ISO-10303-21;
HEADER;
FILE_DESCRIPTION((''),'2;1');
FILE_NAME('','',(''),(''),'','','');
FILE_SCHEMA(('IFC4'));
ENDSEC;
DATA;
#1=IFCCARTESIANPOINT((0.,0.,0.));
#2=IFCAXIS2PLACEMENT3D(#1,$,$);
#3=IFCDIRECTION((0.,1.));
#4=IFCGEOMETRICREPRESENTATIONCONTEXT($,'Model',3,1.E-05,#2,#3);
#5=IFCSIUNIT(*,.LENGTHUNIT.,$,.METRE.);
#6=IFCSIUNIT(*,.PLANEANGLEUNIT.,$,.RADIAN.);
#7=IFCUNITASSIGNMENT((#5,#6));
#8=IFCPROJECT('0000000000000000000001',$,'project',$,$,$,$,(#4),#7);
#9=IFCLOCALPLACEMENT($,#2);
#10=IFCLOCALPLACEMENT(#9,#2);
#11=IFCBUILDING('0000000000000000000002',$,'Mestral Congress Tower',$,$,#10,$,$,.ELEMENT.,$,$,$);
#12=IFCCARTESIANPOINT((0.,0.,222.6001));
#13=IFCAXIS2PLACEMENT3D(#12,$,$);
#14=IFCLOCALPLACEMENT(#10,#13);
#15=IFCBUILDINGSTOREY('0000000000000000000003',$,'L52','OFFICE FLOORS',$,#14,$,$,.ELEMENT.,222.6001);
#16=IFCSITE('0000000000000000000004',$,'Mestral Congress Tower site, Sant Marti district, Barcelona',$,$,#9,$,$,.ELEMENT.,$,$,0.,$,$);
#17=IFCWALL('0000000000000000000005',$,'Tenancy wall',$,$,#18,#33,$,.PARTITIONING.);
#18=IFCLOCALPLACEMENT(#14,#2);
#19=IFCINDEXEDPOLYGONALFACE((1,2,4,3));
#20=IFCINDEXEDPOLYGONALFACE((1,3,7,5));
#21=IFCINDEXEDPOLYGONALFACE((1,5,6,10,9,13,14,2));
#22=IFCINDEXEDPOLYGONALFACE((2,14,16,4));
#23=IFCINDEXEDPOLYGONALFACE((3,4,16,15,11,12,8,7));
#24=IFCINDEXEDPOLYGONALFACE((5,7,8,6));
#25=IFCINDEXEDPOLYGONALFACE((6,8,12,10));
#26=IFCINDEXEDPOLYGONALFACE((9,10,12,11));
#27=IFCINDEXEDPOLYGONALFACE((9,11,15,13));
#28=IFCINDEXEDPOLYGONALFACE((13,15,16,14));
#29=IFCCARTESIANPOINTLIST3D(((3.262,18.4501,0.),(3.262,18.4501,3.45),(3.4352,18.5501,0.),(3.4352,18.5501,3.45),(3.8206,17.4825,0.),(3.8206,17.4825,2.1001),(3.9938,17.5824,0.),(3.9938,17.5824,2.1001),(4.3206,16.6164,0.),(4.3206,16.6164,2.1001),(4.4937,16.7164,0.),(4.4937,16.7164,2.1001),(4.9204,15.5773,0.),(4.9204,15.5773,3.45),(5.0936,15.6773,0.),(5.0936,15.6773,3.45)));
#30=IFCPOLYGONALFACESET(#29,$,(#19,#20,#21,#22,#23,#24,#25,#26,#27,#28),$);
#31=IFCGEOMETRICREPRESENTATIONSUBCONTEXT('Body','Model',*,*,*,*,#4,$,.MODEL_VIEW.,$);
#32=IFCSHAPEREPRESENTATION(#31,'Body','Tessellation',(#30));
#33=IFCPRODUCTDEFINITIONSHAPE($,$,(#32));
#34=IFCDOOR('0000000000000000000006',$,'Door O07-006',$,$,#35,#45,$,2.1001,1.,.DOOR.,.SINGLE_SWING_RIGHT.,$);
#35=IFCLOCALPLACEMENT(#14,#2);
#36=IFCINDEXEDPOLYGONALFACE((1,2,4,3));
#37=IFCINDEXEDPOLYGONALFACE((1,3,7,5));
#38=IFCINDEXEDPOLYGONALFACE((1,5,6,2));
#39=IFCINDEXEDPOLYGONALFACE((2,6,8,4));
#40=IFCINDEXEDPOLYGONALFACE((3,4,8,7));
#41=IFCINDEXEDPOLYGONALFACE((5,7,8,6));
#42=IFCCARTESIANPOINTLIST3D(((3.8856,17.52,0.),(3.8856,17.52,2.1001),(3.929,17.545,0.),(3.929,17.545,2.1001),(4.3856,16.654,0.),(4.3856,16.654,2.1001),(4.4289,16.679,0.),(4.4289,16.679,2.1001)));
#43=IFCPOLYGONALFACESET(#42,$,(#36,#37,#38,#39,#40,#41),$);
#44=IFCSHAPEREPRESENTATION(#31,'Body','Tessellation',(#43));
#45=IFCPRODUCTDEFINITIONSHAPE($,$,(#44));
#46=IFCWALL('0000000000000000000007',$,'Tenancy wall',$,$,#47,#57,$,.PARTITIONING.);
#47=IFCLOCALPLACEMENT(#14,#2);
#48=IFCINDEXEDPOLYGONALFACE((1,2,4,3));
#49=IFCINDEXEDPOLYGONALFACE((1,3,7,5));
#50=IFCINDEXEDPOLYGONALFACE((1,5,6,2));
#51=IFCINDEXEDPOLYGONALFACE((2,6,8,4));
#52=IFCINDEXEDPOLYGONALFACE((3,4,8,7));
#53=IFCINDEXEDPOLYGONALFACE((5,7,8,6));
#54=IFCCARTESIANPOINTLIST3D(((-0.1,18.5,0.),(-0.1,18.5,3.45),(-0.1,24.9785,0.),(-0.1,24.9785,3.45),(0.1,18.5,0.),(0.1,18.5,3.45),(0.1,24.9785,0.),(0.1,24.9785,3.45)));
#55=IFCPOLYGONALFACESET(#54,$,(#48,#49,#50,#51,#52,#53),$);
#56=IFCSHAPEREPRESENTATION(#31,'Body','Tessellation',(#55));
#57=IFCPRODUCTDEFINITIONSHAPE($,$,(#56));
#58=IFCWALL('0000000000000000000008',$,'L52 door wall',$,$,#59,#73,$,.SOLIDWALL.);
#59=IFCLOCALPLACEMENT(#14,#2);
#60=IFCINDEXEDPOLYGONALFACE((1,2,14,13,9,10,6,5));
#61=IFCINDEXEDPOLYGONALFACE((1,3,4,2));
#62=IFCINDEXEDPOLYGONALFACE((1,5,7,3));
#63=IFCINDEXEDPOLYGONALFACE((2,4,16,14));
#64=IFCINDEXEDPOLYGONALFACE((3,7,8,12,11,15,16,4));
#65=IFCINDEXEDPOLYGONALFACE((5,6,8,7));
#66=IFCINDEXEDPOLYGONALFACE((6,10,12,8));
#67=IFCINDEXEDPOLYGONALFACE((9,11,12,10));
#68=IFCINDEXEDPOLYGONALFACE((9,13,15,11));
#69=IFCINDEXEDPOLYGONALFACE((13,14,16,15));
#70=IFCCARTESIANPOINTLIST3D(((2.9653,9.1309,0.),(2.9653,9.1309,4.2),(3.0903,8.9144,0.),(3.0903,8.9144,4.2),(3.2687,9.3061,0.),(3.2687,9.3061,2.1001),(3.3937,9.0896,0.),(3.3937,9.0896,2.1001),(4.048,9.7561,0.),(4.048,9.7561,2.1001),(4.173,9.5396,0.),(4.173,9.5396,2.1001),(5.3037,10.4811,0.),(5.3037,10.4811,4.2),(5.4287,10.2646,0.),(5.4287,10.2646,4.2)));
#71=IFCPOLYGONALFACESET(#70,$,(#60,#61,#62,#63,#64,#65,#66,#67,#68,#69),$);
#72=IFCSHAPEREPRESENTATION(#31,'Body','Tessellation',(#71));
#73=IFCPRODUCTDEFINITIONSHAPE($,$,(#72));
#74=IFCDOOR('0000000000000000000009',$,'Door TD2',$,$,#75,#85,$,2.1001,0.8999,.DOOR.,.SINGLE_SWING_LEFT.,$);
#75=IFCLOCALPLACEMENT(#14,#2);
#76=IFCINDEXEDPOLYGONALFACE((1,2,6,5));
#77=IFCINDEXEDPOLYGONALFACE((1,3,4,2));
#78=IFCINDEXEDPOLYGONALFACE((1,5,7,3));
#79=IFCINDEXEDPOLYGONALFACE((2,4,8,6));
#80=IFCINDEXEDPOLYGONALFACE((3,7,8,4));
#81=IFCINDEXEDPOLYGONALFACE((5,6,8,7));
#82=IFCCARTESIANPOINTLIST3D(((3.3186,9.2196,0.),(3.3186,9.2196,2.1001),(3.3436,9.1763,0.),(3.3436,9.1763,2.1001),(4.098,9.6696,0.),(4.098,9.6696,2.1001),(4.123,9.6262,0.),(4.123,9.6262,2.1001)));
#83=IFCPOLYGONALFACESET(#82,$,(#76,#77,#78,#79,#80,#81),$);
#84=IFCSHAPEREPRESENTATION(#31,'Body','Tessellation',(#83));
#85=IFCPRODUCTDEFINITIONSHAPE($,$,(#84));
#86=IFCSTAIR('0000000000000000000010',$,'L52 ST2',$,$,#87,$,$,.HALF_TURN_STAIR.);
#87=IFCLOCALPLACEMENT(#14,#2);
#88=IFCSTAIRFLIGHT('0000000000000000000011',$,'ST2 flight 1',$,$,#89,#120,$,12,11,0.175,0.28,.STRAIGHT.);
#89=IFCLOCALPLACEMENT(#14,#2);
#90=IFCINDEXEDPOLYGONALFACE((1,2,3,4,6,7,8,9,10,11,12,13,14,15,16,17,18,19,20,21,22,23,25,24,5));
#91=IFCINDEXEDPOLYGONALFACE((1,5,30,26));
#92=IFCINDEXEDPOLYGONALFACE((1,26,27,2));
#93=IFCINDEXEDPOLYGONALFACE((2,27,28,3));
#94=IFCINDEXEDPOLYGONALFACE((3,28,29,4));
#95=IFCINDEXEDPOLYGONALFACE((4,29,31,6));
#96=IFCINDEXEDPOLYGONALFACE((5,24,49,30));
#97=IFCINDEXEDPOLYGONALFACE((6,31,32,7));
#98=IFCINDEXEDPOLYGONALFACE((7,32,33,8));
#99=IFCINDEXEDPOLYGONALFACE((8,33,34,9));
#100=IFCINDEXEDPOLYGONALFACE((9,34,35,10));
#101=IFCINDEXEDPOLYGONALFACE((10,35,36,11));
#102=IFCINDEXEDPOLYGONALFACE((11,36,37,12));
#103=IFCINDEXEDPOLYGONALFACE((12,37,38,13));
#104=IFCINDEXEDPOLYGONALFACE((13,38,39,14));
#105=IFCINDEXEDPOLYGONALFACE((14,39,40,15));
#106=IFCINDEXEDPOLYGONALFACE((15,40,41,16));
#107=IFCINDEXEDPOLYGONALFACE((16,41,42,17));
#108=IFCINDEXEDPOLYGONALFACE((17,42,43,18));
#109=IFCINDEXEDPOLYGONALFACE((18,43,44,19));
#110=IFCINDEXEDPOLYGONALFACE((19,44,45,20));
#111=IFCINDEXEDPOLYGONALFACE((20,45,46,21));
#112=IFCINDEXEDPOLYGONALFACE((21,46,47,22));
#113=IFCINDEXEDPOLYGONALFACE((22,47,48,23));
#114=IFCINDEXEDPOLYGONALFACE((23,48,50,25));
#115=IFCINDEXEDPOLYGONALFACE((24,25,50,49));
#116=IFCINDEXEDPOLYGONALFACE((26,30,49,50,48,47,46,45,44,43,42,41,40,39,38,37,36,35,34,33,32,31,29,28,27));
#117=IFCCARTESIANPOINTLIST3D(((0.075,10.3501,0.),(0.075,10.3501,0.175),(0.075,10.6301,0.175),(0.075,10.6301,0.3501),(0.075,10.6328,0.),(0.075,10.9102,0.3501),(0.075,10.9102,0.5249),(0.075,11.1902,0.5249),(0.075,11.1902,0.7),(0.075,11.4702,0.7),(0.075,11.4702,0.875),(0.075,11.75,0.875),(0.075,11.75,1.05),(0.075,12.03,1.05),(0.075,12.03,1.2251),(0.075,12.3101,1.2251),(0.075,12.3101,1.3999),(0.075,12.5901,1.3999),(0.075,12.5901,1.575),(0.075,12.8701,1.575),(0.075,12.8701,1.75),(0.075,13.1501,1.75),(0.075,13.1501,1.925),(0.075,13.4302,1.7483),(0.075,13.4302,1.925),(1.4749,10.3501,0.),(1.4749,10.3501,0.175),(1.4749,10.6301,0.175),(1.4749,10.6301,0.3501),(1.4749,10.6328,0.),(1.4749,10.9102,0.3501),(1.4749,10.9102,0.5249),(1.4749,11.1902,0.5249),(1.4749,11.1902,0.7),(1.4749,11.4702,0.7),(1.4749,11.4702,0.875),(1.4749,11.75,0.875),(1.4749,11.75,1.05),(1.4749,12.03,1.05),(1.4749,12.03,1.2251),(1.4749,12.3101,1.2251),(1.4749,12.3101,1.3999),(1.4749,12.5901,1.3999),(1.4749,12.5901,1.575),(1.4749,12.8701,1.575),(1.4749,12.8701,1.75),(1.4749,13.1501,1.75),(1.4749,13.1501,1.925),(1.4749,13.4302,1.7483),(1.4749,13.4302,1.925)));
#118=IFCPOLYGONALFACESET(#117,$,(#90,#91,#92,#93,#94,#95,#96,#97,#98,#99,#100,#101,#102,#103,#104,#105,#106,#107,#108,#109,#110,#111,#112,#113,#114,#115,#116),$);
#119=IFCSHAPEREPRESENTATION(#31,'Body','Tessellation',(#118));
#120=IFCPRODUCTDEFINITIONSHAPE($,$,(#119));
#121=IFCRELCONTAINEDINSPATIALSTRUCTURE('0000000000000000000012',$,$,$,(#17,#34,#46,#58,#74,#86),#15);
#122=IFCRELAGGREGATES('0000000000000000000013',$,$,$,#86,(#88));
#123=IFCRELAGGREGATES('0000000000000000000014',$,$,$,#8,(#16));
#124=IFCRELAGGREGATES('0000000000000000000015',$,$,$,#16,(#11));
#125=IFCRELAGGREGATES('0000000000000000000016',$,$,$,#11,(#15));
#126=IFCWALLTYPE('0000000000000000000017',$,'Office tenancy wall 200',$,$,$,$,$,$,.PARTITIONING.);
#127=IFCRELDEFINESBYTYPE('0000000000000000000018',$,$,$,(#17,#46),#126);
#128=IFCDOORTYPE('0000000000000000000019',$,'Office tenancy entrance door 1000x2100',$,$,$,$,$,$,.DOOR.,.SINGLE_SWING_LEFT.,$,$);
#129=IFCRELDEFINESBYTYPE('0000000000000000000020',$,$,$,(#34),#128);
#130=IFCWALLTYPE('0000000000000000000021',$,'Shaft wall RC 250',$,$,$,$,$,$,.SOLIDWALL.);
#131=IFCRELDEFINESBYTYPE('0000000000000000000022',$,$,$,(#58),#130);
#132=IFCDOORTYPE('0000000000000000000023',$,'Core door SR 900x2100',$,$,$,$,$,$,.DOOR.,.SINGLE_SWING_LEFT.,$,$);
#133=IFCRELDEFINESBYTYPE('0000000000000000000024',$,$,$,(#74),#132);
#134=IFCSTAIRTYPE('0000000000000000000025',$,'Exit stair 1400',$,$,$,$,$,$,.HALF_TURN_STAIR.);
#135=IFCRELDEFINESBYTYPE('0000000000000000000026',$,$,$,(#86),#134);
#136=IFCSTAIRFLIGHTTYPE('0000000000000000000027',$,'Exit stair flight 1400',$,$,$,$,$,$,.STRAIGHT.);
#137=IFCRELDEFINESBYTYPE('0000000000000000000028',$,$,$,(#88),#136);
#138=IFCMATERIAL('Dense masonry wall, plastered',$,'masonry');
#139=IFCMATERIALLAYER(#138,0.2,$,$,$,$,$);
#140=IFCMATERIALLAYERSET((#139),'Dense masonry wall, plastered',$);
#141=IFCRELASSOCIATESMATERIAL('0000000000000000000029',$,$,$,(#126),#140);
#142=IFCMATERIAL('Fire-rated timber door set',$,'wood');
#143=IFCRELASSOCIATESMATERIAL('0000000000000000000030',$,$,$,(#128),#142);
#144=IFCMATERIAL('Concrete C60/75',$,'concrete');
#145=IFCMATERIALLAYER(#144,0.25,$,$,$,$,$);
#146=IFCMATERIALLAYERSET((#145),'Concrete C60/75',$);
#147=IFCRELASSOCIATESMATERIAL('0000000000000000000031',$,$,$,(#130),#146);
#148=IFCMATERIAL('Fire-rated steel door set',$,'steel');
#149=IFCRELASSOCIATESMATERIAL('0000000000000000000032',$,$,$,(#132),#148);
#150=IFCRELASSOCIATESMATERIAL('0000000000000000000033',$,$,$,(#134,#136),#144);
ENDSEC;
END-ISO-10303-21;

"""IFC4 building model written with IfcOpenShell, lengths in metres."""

from ifc_helpers import new_model, si_unit, direction, frame, frame_2d, origin, place, context, subcontext, project, spatial, polyline, rectangle, outline, extrude, material, layer, layer_set, type_object, element, fill, aggregate, save


model = new_model("IFC4")

# Units and contexts
model_context = context("Model", 3, precision=1e-05, world=origin(), true_north=direction((0.0, 1.0)))
body_context = subcontext(model_context, "Body", "Model", "MODEL_VIEW")
ifc_project = project(units=[si_unit("LENGTHUNIT", "METRE"), si_unit("PLANEANGLEUNIT", "RADIAN")], contexts=[model_context])

# Site, building, storey
site_placement = place(None, origin())
site = spatial("IfcSite", under=ifc_project, at=site_placement, Name="Mestral Congress Tower site, Sant Marti district, Barcelona", CompositionType="ELEMENT", RefElevation=0.0)
building_placement = place(site_placement, origin())
building = spatial("IfcBuilding", under=site, at=building_placement, Name="Mestral Congress Tower", CompositionType="ELEMENT")
storey_placement = place(building_placement, frame((0.0, 0.0, 222.6001)))
storey = spatial("IfcBuildingStorey", under=building, at=storey_placement, Name="L52", Description="OFFICE FLOORS", CompositionType="ELEMENT", Elevation=222.6001)

# Shared definitions
ifc_material_1 = material(Name="Concrete C60/75", Category="concrete")

# Shared definitions
ifc_material_2 = material(Name="Dense masonry wall, plastered", Category="masonry")
ifc_layer_1 = layer(ifc_material_2, 0.2)
ifc_layer_set_1 = layer_set([ifc_layer_1], Name="Dense masonry wall, plastered")
wall_type_1 = type_object("IfcWallType", Name="Office tenancy wall 200", PredefinedType="PARTITIONING", material=ifc_layer_set_1)

# Wall, opening, door
wall_1_placement = place(storey_placement, frame((5.0071, 15.6272, 0.0), z_axis=(0.0, 0.0, 1.0), x_axis=(-0.499962, 0.866047, 0.0)))
wall_1 = element("IfcWall", 1, at=wall_1_placement, inside=storey, type_object=wall_type_1, Name="Tenancy wall", PredefinedType="PARTITIONING", context=body_context, shape_type="SweptSolid", body=[
    extrude(rectangle(XDim=3.3171, YDim=0.2, at=frame_2d((1.6587, 0.0))), origin(), (0.0, 0.0, 1.0), 3.45),
])
opening_1_placement = place(wall_1_placement, frame((1.2, 0.0, 0.0)))
opening_1 = element("IfcOpeningElement", 2, at=opening_1_placement, cuts=wall_1, PredefinedType="OPENING", context=body_context, shape_type="SweptSolid", body=[
    extrude(rectangle(XDim=1.0, YDim=2.1001, at=frame_2d((0.5, 1.05))), frame((0.0, 0.1099, 0.0), z_axis=(0.0, -1.0, 0.0), x_axis=(1.0, 0.0, 0.0)), (0.0, 0.0, 1.0), 0.22),
])
ifc_material_3 = material(Name="Fire-rated timber door set", Category="wood")
door_type_1 = type_object("IfcDoorType", Name="Office tenancy entrance door 1000x2100", OperationType="SINGLE_SWING_LEFT", PredefinedType="DOOR", material=ifc_material_3)
door_1_placement = place(opening_1_placement, origin())
door_1 = element("IfcDoor", 3, at=door_1_placement, inside=storey, type_object=door_type_1, Name="Door O07-006", OperationType="SINGLE_SWING_RIGHT", OverallHeight=2.1001, OverallWidth=1.0, PredefinedType="DOOR", context=body_context, shape_type="SweptSolid", body=[
    extrude(rectangle(XDim=1.0, YDim=2.1001, at=frame_2d((0.5, 1.05))), frame((0.0, 0.0249, 0.0), z_axis=(0.0, -1.0, 0.0), x_axis=(1.0, 0.0, 0.0)), (0.0, 0.0, 1.0), 0.05),
])
fill(opening_1, door_1)

# Wall
wall_2_placement = place(storey_placement, frame((0.0, 18.5, 0.0), z_axis=(0.0, 0.0, 1.0), x_axis=(0.0, 1.0, 0.0)))
element("IfcWall", 4, at=wall_2_placement, inside=storey, type_object=wall_type_1, Name="Tenancy wall", PredefinedType="PARTITIONING", context=body_context, shape_type="SweptSolid", body=[
    extrude(rectangle(XDim=6.4785, YDim=0.2, at=frame_2d((3.2393, 0.0))), origin(), (0.0, 0.0, 1.0), 3.45),
])

# Wall, opening, door
ifc_layer_2 = layer(ifc_material_1, 0.25)
ifc_layer_set_2 = layer_set([ifc_layer_2], Name="Concrete C60/75")
wall_type_2 = type_object("IfcWallType", Name="Shaft wall RC 250", PredefinedType="SOLIDWALL", material=ifc_layer_set_2)
wall_3_placement = place(storey_placement, frame((5.3662, 10.3728, 0.0), z_axis=(0.0, 0.0, 1.0), x_axis=(-0.86602, -0.500009, 0.0)))
wall_3 = element("IfcWall", 5, at=wall_3_placement, inside=storey, type_object=wall_type_2, Name="L52 door wall", PredefinedType="SOLIDWALL", context=body_context, shape_type="SweptSolid", body=[
    extrude(rectangle(XDim=2.7002, YDim=0.25, at=frame_2d((1.3501, 0.0))), origin(), (0.0, 0.0, 1.0), 4.2),
])
opening_2_placement = place(wall_3_placement, frame((1.45, 0.0, 0.0)))
opening_2 = element("IfcOpeningElement", 6, at=opening_2_placement, cuts=wall_3, PredefinedType="OPENING", context=body_context, shape_type="SweptSolid", body=[
    extrude(rectangle(XDim=0.8999, YDim=2.1001, at=frame_2d((0.45, 1.05))), frame((0.0, 0.135, 0.0), z_axis=(0.0, -1.0, 0.0), x_axis=(1.0, 0.0, 0.0)), (0.0, 0.0, 1.0), 0.27),
])
ifc_material_4 = material(Name="Fire-rated steel door set", Category="steel")
door_type_2 = type_object("IfcDoorType", Name="Core door SR 900x2100", OperationType="SINGLE_SWING_LEFT", PredefinedType="DOOR", material=ifc_material_4)
door_2_placement = place(opening_2_placement, origin())
door_2 = element("IfcDoor", 7, at=door_2_placement, inside=storey, type_object=door_type_2, Name="Door TD2", OperationType="SINGLE_SWING_LEFT", OverallHeight=2.1001, OverallWidth=0.8999, PredefinedType="DOOR", context=body_context, shape_type="SweptSolid", body=[
    extrude(rectangle(XDim=0.8999, YDim=2.1001, at=frame_2d((0.45, 1.05))), frame((0.0, 0.0249, 0.0), z_axis=(0.0, -1.0, 0.0), x_axis=(1.0, 0.0, 0.0)), (0.0, 0.0, 1.0), 0.05),
])
fill(opening_2, door_2)

# Stair, stair flight
stair_type = type_object("IfcStairType", Name="Exit stair 1400", PredefinedType="HALF_TURN_STAIR", material=ifc_material_1)
stair_placement = place(storey_placement, origin())
stair = element("IfcStair", 8, at=stair_placement, inside=storey, type_object=stair_type, Name="L52 ST2", PredefinedType="HALF_TURN_STAIR")
stair_flight_type = type_object("IfcStairFlightType", Name="Exit stair flight 1400", PredefinedType="STRAIGHT", material=ifc_material_1)
stair_flight_placement = place(storey_placement, frame((0.7749, 10.3501, 0.0), z_axis=(0.0, 0.0, 1.0), x_axis=(0.0, 1.0, 0.0)))
stair_flight = element("IfcStairFlight", 9, at=stair_flight_placement, type_object=stair_flight_type, Name="ST2 flight 1", NumberOfRisers=12, NumberOfTreads=11, PredefinedType="STRAIGHT", RiserHeight=0.175, TreadLength=0.28, context=body_context, shape_type="SweptSolid", body=[
    extrude(outline(polyline([(0.0, 0.0), (0.0, 0.175), (0.28, 0.175), (0.28, 0.3501), (0.5601, 0.3501), (0.5601, 0.5249), (0.8401, 0.5249), (0.8401, 0.7), (1.1201, 0.7), (1.1201, 0.875), (1.3999, 0.875), (1.3999, 1.05), (1.6799, 1.05), (1.6799, 1.2251), (1.96, 1.2251), (1.96, 1.3999), (2.24, 1.3999), (2.24, 1.575), (2.52, 1.575), (2.52, 1.75), (2.8, 1.75), (2.8, 1.925), (3.0801, 1.925), (3.0801, 2.1001), (3.0801, 1.7483), (0.2827, 0.0), (0.0, 0.0)])), frame((0.0, 0.7, 0.0), z_axis=(0.0, -1.0, 0.0), x_axis=(1.0, 0.0, 0.0)), (0.0, 0.0, 1.0), 1.3999),
])
aggregate(stair, [stair_flight])

save(model, "model.ifc")
